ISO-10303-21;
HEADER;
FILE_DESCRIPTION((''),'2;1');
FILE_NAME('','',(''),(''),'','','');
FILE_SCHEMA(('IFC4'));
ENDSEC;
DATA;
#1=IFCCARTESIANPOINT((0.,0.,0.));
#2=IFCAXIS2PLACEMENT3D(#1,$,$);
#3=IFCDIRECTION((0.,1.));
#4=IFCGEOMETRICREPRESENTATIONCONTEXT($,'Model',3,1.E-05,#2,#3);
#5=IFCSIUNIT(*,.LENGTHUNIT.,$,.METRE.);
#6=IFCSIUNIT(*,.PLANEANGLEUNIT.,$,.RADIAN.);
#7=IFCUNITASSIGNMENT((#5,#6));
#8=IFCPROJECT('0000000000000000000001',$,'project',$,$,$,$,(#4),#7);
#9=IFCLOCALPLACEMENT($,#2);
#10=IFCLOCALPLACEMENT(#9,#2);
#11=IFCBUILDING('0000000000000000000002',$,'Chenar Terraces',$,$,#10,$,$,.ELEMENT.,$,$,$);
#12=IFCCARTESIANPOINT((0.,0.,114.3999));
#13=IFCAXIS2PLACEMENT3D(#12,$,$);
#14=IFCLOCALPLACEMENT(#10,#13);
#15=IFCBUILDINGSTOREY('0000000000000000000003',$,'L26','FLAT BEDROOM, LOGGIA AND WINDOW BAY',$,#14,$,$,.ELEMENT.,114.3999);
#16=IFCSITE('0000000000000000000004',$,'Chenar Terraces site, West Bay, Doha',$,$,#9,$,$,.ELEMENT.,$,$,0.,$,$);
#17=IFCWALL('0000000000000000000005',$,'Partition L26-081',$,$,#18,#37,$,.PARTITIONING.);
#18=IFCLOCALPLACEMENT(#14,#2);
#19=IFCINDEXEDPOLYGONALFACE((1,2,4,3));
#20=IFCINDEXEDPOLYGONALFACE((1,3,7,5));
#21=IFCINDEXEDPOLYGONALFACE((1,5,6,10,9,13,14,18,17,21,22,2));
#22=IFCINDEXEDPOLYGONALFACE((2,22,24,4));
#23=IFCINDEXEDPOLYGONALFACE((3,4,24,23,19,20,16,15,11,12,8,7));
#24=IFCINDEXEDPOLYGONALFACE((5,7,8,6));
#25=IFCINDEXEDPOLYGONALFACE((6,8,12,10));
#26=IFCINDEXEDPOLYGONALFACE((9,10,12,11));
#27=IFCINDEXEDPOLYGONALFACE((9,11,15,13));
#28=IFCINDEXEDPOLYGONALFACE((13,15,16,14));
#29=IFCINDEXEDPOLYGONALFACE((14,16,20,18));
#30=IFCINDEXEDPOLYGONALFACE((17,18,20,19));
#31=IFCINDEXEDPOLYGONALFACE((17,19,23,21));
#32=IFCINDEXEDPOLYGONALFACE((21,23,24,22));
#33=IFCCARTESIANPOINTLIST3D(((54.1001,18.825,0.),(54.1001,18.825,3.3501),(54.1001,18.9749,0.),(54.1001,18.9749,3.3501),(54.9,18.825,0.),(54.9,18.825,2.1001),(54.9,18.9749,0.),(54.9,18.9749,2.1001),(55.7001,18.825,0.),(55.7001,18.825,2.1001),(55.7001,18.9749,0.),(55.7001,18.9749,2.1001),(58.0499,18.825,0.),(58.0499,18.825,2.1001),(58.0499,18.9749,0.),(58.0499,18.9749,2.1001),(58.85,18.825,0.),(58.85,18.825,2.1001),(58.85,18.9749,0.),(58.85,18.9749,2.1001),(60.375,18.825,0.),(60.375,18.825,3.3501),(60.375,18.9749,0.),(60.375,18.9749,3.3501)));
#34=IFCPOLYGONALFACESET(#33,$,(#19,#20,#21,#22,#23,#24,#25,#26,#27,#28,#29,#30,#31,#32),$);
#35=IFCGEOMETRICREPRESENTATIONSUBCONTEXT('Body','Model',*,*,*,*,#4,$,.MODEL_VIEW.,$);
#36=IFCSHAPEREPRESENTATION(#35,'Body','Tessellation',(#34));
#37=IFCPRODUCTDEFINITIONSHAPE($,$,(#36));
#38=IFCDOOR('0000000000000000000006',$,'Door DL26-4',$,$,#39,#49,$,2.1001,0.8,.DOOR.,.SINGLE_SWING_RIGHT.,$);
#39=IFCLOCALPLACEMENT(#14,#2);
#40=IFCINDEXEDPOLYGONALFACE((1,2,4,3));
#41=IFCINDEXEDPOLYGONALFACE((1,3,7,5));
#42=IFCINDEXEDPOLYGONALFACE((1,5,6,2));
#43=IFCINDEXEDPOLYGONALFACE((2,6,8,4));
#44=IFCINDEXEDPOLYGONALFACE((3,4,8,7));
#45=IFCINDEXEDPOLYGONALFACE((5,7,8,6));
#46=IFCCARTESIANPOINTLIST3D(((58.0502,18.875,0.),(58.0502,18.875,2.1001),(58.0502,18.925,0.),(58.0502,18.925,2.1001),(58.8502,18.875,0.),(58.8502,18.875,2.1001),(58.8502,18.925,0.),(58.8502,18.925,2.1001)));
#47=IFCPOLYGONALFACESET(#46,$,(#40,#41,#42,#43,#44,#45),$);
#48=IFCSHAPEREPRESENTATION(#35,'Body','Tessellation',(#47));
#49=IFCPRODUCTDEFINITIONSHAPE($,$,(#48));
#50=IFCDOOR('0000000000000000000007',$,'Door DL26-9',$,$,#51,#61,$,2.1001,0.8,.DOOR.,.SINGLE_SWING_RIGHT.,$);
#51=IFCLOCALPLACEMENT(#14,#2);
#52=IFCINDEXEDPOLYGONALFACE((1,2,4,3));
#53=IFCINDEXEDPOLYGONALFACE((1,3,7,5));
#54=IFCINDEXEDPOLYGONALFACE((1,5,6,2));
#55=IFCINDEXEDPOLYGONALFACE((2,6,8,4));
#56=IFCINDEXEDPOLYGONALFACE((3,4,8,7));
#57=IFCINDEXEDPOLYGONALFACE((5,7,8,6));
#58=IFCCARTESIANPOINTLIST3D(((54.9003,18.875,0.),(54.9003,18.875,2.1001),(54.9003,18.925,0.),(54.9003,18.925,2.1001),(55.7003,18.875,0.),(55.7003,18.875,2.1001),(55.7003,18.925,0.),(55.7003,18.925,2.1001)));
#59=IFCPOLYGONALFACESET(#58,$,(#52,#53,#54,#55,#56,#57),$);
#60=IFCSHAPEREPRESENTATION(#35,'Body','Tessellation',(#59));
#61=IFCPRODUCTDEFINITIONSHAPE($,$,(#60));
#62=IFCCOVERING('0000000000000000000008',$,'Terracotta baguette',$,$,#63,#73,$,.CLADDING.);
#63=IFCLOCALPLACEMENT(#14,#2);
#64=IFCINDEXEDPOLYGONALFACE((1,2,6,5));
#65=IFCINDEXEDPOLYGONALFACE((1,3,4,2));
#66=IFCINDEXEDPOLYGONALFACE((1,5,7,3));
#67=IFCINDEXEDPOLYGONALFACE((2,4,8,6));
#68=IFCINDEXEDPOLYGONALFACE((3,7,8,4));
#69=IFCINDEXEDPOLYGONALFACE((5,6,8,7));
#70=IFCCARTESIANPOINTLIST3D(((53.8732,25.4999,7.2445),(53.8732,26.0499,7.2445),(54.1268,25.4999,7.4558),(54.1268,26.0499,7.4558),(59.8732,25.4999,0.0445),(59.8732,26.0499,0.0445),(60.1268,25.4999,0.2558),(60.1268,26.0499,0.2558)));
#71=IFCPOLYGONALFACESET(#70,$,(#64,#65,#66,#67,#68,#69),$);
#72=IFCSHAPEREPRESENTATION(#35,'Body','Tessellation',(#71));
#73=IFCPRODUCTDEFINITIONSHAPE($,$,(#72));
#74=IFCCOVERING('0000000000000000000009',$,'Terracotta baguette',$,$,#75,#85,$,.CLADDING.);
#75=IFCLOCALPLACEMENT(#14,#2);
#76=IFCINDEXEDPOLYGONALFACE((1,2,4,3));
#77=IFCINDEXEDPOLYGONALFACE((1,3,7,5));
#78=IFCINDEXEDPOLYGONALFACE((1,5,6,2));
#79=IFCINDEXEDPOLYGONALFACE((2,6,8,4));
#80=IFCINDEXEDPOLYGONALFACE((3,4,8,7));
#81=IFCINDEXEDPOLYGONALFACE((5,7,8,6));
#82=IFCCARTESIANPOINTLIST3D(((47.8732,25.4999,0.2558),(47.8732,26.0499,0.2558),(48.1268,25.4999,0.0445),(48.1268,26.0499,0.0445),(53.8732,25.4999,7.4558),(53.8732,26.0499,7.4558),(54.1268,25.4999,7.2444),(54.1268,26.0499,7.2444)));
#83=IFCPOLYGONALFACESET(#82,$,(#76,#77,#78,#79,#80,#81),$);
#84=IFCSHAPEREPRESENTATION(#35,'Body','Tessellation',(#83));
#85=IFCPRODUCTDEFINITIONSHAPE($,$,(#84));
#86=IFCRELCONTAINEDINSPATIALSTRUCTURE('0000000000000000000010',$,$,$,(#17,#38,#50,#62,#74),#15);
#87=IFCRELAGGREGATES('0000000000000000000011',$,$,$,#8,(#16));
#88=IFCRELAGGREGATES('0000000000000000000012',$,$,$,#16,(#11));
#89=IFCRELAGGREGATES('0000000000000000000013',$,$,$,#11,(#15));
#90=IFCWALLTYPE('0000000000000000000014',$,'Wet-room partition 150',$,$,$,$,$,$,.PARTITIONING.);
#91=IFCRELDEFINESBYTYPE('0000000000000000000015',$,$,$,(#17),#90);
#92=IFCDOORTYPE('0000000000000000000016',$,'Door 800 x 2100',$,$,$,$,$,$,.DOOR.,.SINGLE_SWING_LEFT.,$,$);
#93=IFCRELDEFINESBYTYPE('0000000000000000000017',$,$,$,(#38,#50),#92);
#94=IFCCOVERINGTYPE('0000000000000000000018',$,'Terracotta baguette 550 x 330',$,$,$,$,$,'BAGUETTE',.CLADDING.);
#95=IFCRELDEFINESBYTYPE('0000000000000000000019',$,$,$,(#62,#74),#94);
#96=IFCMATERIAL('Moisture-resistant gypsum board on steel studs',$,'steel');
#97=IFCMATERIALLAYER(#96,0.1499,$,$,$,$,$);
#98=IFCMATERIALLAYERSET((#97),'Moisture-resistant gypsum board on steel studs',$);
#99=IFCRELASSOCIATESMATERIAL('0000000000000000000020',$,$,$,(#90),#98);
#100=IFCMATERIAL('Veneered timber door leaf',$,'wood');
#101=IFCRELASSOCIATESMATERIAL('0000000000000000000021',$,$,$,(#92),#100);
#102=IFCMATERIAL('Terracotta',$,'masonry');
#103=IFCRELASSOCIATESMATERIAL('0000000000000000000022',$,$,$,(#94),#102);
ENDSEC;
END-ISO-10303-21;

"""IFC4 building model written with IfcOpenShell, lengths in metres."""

from ifc_helpers import new_model, si_unit, direction, frame, frame_2d, origin, origin_2d, place, context, subcontext, project, spatial, rectangle, extrude, material, layer, layer_set, material_profile, profile_set, type_object, element, fill, save


model = new_model("IFC4")

# Units and contexts
model_context = context("Model", 3, precision=1e-05, world=origin(), true_north=direction((0.0, 1.0)))
body_context = subcontext(model_context, "Body", "Model", "MODEL_VIEW")
ifc_project = project(units=[si_unit("LENGTHUNIT", "METRE"), si_unit("PLANEANGLEUNIT", "RADIAN")], contexts=[model_context])

# Site, building, storey
site_placement = place(None, origin())
site = spatial("IfcSite", under=ifc_project, at=site_placement, Name="Chenar Terraces site, West Bay, Doha", CompositionType="ELEMENT", RefElevation=0.0)
building_placement = place(site_placement, origin())
building = spatial("IfcBuilding", under=site, at=building_placement, Name="Chenar Terraces", CompositionType="ELEMENT")
storey_placement = place(building_placement, frame((0.0, 0.0, 114.3999)))
storey = spatial("IfcBuildingStorey", under=building, at=storey_placement, Name="L26", Description="FLAT BEDROOM, LOGGIA AND WINDOW BAY", CompositionType="ELEMENT", Elevation=114.3999)

# Wall, openings, doors
ifc_material_1 = material(Name="Moisture-resistant gypsum board on steel studs", Category="steel")
ifc_layer_1 = layer(ifc_material_1, 0.1499)
ifc_layer_set_1 = layer_set([ifc_layer_1], Name="Moisture-resistant gypsum board on steel studs")
wall_type_1 = type_object("IfcWallType", Name="Wet-room partition 150", PredefinedType="PARTITIONING", material=ifc_layer_set_1)
wall_1_placement = place(storey_placement, frame((54.1001, 18.8999, 0.0), z_axis=(0.0, 0.0, 1.0), x_axis=(1.0, 0.0, 0.0)))
wall_1 = element("IfcWall", 1, at=wall_1_placement, inside=storey, type_object=wall_type_1, Name="Partition L26-081", PredefinedType="PARTITIONING", context=body_context, shape_type="SweptSolid", body=[
    extrude(rectangle(XDim=6.2749, YDim=0.1499, at=frame_2d((3.1375, 0.0))), origin(), (0.0, 0.0, 1.0), 3.3501),
])
opening_1_placement = place(wall_1_placement, frame((3.95, 0.0, 0.0)))
opening_1 = element("IfcOpeningElement", 2, at=opening_1_placement, cuts=wall_1, PredefinedType="OPENING", context=body_context, shape_type="SweptSolid", body=[
    extrude(rectangle(XDim=0.8, YDim=2.1001, at=frame_2d((0.3999, 1.05))), frame((0.0, 0.085, 0.0), z_axis=(0.0, -1.0, 0.0), x_axis=(1.0, 0.0, 0.0)), (0.0, 0.0, 1.0), 0.1699),
])
opening_2_placement = place(wall_1_placement, frame((0.8, 0.0, 0.0)))
opening_2 = element("IfcOpeningElement", 3, at=opening_2_placement, cuts=wall_1, PredefinedType="OPENING", context=body_context, shape_type="SweptSolid", body=[
    extrude(rectangle(XDim=0.8, YDim=2.1001, at=frame_2d((0.3999, 1.05))), frame((0.0, 0.085, 0.0), z_axis=(0.0, -1.0, 0.0), x_axis=(1.0, 0.0, 0.0)), (0.0, 0.0, 1.0), 0.1699),
])
ifc_material_2 = material(Name="Veneered timber door leaf", Category="wood")
door_type_1 = type_object("IfcDoorType", Name="Door 800 x 2100", OperationType="SINGLE_SWING_LEFT", PredefinedType="DOOR", material=ifc_material_2)
door_1_placement = place(opening_1_placement, frame((0.8, 0.0, 0.0), z_axis=(0.0, 0.0, 1.0), x_axis=(-1.0, 0.0, 0.0)))
door_1 = element("IfcDoor", 4, at=door_1_placement, inside=storey, type_object=door_type_1, Name="Door DL26-4", OperationType="SINGLE_SWING_RIGHT", OverallHeight=2.1001, OverallWidth=0.8, PredefinedType="DOOR", context=body_context, shape_type="SweptSolid", body=[
    extrude(rectangle(XDim=0.8, YDim=2.1001, at=frame_2d((0.3999, 1.05))), frame((0.0, 0.0249, 0.0), z_axis=(0.0, -1.0, 0.0), x_axis=(1.0, 0.0, 0.0)), (0.0, 0.0, 1.0), 0.05),
])
fill(opening_1, door_1)
door_2_placement = place(opening_2_placement, frame((0.8, 0.0, 0.0), z_axis=(0.0, 0.0, 1.0), x_axis=(-1.0, 0.0, 0.0)))
door_2 = element("IfcDoor", 5, at=door_2_placement, inside=storey, type_object=door_type_1, Name="Door DL26-9", OperationType="SINGLE_SWING_RIGHT", OverallHeight=2.1001, OverallWidth=0.8, PredefinedType="DOOR", context=body_context, shape_type="SweptSolid", body=[
    extrude(rectangle(XDim=0.8, YDim=2.1001, at=frame_2d((0.3999, 1.05))), frame((0.0, 0.0249, 0.0), z_axis=(0.0, -1.0, 0.0), x_axis=(1.0, 0.0, 0.0)), (0.0, 0.0, 1.0), 0.05),
])
fill(opening_2, door_2)

# Coverings
ifc_material_3 = material(Name="Terracotta", Category="masonry")
ifc_material_profile_1 = material_profile(ifc_material_3, rectangle(XDim=0.55, YDim=0.3301, at=origin_2d()), Name="Terracotta baguette 550 x 330")
ifc_profile_set_1 = profile_set([ifc_material_profile_1], Name="Terracotta")
covering_type = type_object("IfcCoveringType", Name="Terracotta baguette 550 x 330", ElementType="BAGUETTE", PredefinedType="CLADDING", material=ifc_profile_set_1)
for number, where, z_axis, x_axis, name in (
    (6, (60.0, 25.7749, 0.1501), (-0.640187, 0.0, 0.768219), (0.0, -1.0, 0.0), "Terracotta baguette"),
    (7, (54.0, 25.7749, 7.3501), (-0.640187, 0.0, -0.768219), (0.0, -1.0, 0.0), "Terracotta baguette"),
):
    element("IfcCovering", number, at=place(storey_placement, frame(where, z_axis=z_axis, x_axis=x_axis)), inside=storey, type_object=covering_type, Name=name, PredefinedType="CLADDING", context=body_context, shape_type="SweptSolid", body=[
        extrude(rectangle(XDim=0.55, YDim=0.3301, at=origin_2d()), origin(), (0.0, 0.0, 1.0), 9.3723),
    ])

save(model, "model.ifc")
